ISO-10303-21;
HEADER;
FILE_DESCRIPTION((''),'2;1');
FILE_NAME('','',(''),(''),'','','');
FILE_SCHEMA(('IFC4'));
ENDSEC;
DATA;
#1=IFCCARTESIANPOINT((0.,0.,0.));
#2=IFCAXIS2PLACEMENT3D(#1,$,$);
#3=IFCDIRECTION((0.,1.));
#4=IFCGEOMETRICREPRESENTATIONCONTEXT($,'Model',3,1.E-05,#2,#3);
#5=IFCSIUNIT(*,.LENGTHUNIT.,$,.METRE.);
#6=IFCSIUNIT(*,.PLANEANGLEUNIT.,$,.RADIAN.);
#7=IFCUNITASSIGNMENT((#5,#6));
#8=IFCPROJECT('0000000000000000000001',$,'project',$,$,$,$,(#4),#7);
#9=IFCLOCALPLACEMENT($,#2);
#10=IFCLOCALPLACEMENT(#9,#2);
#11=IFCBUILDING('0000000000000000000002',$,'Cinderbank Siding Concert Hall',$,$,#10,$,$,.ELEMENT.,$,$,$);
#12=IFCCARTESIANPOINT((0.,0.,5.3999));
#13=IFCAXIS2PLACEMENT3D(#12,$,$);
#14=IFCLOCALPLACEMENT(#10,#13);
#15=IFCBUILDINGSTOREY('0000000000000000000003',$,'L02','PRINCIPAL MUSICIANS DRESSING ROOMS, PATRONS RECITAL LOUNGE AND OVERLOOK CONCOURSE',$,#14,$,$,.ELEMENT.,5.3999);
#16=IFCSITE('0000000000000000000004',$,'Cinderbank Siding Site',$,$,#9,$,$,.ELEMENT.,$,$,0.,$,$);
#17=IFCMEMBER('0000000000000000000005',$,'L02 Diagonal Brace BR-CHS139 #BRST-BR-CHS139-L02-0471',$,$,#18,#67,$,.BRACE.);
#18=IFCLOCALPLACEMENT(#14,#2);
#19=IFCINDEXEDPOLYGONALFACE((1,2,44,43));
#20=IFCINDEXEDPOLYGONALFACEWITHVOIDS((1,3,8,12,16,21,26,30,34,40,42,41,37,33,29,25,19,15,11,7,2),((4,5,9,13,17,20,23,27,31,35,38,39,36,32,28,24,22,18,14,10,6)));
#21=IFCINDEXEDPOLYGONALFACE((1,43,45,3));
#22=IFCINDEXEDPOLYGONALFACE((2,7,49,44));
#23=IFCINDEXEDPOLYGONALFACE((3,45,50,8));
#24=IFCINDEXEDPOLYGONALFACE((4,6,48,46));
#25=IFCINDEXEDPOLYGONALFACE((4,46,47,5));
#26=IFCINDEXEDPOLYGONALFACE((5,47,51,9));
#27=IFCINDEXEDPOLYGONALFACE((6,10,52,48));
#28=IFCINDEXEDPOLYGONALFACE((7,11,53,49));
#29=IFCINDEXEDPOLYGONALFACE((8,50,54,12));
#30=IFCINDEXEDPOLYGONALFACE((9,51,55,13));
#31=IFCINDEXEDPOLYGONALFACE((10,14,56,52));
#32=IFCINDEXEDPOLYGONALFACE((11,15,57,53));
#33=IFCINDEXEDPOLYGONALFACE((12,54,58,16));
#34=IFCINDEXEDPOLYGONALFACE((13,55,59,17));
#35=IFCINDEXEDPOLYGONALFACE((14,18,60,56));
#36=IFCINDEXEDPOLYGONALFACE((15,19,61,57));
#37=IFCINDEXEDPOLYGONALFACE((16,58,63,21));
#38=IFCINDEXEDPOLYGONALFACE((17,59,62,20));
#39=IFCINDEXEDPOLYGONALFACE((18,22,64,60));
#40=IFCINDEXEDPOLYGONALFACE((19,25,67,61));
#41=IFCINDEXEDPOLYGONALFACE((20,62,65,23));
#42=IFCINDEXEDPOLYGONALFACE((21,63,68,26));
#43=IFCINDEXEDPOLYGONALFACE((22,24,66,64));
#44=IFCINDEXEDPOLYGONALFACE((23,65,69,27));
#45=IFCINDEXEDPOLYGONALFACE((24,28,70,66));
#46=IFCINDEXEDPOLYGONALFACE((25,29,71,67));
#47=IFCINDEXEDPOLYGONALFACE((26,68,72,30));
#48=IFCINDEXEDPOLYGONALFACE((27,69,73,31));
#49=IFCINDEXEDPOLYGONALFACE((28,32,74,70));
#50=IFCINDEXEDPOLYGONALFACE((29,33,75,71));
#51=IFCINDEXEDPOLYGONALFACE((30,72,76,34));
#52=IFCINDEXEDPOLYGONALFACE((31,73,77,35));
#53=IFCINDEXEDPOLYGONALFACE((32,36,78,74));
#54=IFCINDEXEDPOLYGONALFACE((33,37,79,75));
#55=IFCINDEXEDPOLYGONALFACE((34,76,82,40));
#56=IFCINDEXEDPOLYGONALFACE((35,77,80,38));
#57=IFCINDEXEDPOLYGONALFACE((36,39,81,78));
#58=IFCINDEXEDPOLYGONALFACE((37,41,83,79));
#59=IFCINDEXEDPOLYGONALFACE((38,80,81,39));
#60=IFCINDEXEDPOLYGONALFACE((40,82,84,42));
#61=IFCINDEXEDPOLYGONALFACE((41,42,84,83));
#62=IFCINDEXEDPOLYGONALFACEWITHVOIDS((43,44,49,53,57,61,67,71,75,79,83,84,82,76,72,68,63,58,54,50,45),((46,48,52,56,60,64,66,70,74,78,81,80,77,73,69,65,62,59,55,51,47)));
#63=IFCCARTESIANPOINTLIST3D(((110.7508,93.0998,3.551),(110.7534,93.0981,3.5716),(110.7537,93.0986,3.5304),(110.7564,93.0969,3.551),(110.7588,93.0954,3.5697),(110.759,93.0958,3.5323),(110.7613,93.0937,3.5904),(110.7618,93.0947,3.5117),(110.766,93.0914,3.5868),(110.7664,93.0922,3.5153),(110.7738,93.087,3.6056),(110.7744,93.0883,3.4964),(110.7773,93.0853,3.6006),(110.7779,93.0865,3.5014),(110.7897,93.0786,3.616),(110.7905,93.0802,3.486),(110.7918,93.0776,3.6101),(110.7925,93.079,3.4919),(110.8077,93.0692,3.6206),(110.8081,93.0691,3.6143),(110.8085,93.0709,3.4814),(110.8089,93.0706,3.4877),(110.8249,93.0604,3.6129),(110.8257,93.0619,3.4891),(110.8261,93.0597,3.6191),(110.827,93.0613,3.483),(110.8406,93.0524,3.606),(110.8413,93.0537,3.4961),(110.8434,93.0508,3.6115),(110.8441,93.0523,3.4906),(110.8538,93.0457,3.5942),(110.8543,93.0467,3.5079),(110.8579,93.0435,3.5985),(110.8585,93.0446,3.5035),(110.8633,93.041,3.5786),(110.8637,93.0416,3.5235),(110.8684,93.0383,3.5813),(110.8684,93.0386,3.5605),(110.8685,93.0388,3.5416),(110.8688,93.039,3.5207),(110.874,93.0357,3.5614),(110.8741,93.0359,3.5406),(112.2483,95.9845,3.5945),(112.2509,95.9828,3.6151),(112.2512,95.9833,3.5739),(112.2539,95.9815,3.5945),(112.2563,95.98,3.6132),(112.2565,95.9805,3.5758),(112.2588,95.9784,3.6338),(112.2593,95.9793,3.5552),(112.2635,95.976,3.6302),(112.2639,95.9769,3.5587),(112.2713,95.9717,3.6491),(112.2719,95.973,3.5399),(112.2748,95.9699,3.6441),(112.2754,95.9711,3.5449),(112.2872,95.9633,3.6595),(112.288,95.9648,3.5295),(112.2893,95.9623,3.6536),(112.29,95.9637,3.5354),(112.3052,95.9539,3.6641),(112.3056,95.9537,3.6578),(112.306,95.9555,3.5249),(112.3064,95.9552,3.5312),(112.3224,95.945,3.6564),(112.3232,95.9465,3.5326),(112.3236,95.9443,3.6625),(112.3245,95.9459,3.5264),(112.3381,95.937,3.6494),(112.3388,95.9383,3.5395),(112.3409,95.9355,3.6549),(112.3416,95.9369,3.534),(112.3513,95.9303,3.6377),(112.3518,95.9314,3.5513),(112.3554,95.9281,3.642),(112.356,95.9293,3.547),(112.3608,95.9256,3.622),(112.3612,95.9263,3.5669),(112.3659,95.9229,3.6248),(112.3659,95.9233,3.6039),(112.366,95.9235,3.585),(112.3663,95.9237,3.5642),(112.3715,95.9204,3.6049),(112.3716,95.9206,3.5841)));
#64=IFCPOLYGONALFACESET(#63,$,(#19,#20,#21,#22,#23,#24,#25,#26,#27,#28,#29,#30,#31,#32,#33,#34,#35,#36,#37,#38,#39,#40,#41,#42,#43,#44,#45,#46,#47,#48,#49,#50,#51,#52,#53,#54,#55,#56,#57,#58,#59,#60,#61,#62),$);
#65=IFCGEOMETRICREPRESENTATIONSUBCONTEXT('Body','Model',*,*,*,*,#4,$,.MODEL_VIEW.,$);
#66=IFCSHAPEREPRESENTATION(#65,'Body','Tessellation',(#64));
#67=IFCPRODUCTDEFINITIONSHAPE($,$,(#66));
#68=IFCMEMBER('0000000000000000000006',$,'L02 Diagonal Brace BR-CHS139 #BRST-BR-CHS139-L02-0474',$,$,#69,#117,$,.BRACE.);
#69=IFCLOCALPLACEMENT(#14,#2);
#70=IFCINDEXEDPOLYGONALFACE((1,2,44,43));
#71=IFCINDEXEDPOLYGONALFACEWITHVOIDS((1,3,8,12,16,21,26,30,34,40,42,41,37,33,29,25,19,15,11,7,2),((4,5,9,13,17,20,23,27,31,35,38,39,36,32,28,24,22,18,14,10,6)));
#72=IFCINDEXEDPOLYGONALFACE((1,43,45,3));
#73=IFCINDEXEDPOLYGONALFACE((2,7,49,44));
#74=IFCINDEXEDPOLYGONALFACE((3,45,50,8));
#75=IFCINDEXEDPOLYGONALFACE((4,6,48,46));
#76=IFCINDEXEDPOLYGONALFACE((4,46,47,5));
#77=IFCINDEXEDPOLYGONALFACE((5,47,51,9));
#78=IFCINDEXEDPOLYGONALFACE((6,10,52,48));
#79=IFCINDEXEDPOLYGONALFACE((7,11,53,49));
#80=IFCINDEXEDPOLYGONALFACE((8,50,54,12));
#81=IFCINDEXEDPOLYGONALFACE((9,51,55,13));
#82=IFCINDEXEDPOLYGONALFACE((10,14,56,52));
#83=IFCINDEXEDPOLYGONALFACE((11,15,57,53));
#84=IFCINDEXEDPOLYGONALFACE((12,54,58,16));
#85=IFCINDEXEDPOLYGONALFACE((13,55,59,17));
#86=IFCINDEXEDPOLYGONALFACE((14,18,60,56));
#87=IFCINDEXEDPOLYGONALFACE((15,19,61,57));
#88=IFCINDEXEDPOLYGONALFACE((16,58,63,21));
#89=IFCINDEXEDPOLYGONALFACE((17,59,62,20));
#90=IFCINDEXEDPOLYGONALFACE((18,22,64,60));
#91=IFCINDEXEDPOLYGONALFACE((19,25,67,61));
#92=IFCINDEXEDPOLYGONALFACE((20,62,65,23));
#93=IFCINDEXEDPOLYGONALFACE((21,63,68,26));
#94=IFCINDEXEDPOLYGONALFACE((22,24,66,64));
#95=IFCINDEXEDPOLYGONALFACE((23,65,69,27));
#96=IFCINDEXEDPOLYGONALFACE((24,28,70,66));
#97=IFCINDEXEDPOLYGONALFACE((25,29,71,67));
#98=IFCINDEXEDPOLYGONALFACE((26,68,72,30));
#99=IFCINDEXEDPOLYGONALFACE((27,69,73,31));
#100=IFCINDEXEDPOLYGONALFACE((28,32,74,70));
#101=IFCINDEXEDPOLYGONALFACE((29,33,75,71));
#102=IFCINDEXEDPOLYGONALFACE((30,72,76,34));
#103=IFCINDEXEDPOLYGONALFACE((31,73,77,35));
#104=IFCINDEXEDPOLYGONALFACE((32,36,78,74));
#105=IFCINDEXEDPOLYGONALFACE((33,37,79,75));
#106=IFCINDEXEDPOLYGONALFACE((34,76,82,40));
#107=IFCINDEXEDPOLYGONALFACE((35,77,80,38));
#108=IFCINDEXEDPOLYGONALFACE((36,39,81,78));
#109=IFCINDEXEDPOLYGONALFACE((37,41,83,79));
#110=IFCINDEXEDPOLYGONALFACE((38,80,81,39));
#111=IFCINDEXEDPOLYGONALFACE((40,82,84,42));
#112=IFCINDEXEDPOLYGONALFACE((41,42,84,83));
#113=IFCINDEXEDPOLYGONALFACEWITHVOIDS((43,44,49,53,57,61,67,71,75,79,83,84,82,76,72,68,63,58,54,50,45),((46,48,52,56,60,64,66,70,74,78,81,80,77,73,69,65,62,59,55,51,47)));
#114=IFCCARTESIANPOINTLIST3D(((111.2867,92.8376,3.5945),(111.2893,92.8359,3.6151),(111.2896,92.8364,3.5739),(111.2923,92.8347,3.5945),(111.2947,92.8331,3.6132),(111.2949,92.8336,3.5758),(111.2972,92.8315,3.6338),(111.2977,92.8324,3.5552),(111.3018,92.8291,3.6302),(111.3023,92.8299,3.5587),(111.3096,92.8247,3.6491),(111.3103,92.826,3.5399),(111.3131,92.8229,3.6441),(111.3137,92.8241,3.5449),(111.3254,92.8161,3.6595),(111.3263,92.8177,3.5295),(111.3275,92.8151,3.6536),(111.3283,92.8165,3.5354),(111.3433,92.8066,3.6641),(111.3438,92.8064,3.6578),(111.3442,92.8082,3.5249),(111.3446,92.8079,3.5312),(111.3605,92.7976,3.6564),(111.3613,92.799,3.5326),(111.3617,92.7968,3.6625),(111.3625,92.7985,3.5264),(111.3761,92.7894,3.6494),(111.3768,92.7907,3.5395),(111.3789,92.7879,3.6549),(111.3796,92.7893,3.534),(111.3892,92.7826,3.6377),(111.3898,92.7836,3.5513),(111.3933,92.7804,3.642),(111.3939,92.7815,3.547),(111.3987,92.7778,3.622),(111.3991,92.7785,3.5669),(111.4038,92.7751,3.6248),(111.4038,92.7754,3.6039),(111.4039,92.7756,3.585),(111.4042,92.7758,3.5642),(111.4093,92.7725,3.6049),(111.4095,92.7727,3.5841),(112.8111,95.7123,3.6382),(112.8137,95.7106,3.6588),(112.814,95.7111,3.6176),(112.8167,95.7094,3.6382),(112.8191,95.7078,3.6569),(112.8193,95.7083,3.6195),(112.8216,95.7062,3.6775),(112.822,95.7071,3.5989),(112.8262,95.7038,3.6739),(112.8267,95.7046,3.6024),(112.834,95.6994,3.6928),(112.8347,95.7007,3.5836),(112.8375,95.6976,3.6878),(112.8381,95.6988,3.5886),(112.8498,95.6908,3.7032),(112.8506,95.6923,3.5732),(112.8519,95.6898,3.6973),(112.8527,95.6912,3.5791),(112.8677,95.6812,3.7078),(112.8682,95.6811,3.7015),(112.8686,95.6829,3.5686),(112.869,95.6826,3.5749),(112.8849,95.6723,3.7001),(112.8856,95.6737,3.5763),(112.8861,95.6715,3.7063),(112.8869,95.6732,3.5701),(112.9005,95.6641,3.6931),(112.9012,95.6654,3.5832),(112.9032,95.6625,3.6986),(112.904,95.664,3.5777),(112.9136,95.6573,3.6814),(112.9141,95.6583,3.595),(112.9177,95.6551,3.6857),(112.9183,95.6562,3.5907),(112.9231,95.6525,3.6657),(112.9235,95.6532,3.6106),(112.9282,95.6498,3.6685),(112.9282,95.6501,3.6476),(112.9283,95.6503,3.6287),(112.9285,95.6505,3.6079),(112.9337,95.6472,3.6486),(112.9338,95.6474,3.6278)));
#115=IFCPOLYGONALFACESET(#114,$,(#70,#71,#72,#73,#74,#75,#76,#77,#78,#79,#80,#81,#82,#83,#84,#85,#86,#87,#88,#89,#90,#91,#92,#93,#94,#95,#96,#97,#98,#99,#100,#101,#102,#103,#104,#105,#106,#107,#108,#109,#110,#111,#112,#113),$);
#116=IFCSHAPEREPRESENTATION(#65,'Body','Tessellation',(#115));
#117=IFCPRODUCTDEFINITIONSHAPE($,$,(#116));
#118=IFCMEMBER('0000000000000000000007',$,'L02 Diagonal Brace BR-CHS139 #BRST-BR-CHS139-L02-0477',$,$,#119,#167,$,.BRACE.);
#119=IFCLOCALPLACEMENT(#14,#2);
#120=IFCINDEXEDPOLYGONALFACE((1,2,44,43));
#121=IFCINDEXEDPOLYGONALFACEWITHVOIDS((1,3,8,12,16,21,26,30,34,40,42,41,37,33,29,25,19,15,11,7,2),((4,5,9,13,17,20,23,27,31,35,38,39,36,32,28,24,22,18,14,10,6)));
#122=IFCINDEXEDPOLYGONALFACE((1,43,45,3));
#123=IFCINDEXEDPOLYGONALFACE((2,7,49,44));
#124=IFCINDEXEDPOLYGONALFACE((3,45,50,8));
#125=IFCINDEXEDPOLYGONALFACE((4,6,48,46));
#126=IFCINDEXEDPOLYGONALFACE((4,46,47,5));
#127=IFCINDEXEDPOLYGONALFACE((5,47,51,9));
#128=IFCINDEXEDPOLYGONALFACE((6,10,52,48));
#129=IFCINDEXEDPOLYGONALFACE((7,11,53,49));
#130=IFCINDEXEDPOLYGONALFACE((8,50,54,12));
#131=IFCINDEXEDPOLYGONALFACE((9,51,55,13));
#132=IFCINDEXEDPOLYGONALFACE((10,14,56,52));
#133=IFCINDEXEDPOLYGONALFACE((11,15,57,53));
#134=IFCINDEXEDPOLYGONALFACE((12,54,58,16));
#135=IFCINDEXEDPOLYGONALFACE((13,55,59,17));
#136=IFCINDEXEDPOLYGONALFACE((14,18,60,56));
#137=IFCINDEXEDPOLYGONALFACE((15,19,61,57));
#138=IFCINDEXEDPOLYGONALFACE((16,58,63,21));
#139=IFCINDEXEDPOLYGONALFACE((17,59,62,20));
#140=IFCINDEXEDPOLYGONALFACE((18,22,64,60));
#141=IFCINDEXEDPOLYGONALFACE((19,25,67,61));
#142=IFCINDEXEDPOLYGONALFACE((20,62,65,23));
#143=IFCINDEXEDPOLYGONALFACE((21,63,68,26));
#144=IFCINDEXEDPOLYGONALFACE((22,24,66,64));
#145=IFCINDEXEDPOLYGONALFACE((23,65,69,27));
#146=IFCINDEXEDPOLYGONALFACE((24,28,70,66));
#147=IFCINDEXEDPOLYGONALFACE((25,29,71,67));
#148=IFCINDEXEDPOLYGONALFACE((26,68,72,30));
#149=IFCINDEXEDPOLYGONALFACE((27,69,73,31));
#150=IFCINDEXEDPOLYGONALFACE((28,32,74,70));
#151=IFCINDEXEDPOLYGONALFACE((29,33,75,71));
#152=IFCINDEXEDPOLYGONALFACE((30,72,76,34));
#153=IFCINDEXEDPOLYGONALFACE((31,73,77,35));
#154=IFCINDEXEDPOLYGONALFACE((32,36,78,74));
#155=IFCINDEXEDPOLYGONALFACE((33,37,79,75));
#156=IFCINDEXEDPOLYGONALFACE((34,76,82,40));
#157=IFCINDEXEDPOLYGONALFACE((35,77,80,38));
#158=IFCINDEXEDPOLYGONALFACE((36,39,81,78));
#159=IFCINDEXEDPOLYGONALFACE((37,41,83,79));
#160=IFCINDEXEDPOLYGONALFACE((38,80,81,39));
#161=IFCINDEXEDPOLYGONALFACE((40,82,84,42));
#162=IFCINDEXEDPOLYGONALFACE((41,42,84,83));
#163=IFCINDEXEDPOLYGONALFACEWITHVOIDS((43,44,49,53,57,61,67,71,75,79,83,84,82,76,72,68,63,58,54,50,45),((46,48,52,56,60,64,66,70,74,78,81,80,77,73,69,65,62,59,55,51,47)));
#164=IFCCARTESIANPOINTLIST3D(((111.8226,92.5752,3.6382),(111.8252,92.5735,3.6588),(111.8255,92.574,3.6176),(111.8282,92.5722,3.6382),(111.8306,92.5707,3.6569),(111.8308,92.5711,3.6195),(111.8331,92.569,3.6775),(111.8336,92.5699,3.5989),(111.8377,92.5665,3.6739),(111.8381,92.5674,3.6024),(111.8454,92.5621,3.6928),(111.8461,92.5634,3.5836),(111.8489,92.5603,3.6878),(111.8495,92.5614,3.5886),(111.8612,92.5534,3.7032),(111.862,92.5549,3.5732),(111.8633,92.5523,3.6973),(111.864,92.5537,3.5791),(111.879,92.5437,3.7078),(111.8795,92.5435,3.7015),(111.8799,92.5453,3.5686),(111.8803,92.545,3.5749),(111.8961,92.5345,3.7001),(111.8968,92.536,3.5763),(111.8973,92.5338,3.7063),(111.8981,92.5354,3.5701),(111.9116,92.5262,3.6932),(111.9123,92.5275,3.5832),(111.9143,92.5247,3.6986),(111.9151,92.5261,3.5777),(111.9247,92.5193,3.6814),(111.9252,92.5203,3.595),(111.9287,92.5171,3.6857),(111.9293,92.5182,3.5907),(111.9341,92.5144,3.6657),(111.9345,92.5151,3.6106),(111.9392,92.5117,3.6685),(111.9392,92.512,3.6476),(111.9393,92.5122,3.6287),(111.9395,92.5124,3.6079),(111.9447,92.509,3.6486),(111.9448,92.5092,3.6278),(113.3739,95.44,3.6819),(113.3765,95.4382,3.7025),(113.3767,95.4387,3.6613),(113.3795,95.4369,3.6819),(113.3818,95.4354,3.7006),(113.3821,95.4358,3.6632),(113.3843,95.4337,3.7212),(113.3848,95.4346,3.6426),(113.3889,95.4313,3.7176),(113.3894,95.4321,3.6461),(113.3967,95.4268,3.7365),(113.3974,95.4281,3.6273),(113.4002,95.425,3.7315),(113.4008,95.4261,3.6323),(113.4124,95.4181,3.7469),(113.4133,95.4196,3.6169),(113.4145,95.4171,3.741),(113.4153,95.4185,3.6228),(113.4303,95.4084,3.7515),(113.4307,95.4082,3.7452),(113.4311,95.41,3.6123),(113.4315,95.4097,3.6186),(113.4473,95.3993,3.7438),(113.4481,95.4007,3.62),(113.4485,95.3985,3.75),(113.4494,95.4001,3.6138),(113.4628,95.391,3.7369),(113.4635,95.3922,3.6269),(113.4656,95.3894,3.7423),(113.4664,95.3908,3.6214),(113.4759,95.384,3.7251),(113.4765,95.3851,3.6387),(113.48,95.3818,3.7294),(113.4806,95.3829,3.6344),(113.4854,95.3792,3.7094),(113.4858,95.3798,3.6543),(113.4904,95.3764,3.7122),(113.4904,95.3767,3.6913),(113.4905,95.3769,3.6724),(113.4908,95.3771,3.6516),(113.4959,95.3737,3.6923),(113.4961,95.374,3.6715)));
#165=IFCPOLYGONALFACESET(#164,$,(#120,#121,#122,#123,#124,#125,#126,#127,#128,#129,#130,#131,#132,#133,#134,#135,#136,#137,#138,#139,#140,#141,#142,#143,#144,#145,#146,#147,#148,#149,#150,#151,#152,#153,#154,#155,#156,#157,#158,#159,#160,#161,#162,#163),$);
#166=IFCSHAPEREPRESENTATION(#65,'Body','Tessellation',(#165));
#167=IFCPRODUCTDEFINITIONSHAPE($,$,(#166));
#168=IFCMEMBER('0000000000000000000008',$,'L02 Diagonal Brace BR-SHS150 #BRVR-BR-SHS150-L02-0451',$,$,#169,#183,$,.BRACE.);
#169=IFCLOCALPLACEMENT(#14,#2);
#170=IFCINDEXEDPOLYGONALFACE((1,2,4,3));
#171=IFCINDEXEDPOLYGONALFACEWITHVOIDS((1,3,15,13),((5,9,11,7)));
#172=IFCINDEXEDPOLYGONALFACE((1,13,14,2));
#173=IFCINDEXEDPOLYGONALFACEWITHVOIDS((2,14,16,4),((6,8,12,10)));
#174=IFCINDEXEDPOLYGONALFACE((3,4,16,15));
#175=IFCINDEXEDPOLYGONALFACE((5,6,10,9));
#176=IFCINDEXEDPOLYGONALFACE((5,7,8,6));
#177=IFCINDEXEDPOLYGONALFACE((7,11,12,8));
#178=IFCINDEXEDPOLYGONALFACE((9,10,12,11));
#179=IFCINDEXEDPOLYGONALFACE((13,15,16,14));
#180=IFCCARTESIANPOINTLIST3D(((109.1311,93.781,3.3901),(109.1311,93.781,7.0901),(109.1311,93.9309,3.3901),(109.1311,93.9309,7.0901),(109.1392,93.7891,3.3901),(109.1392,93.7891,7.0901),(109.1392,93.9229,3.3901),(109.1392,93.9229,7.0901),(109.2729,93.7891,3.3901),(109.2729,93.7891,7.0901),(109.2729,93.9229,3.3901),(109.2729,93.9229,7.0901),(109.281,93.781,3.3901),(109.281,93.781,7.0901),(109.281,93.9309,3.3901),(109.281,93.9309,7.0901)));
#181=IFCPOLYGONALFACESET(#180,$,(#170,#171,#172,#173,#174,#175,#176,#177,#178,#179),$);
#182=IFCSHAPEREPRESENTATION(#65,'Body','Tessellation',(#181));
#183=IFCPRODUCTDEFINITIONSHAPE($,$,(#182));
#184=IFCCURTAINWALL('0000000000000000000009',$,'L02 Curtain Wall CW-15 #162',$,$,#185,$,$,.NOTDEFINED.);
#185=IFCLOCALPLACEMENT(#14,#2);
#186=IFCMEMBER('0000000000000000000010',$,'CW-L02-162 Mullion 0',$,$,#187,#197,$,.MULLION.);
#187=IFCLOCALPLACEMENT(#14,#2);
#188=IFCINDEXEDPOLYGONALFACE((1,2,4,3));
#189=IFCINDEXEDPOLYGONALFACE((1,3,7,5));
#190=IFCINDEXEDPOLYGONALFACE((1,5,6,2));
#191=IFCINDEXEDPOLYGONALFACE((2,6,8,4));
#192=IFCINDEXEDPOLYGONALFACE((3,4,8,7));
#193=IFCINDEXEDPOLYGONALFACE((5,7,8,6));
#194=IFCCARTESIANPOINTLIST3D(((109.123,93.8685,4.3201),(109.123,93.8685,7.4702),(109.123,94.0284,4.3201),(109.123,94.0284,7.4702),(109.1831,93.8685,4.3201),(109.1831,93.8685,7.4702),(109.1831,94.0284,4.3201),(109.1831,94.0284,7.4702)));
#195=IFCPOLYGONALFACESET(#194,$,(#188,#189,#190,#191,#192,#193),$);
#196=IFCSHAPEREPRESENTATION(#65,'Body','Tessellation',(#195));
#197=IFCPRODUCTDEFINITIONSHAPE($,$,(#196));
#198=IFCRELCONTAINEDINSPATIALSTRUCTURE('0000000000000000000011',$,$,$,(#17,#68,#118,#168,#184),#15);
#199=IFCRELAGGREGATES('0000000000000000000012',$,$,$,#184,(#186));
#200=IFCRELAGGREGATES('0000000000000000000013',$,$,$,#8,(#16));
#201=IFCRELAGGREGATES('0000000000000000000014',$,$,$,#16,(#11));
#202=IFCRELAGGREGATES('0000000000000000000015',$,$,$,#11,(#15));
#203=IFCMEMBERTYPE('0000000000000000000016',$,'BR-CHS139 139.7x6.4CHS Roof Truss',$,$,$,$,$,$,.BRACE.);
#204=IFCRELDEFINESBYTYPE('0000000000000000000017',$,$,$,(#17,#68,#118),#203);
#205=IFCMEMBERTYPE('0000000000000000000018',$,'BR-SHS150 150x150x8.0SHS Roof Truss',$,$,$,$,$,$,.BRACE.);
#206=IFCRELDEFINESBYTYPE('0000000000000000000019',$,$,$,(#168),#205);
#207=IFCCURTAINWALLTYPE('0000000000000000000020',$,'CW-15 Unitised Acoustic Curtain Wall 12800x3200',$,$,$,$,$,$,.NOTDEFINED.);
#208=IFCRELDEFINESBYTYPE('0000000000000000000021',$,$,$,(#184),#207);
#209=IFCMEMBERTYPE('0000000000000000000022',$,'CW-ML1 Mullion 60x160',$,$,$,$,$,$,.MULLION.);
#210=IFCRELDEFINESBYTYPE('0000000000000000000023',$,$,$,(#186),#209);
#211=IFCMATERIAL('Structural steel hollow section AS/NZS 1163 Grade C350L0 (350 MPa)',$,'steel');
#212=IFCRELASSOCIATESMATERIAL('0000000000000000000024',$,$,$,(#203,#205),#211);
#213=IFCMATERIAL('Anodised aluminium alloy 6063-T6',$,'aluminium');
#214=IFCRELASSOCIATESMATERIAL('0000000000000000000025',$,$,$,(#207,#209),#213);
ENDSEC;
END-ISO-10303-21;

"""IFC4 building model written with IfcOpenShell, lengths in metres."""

from ifc_helpers import new_model, si_unit, direction, frame, origin, origin_2d, place, context, subcontext, project, spatial, rectangle, hollow_rectangle, hollow_circle, extrude, material, material_profile, profile_set, type_object, element, aggregate, save


model = new_model("IFC4")

# Units and contexts
model_context = context("Model", 3, precision=1e-05, world=origin(), true_north=direction((0.0, 1.0)))
body_context = subcontext(model_context, "Body", "Model", "MODEL_VIEW")
ifc_project = project(units=[si_unit("LENGTHUNIT", "METRE"), si_unit("PLANEANGLEUNIT", "RADIAN")], contexts=[model_context])

# Site, building, storey
site_placement = place(None, origin())
site = spatial("IfcSite", under=ifc_project, at=site_placement, Name="Cinderbank Siding Site", CompositionType="ELEMENT", RefElevation=0.0)
building_placement = place(site_placement, origin())
building = spatial("IfcBuilding", under=site, at=building_placement, Name="Cinderbank Siding Concert Hall", CompositionType="ELEMENT")
storey_placement = place(building_placement, frame((0.0, 0.0, 5.3999)))
storey = spatial("IfcBuildingStorey", under=building, at=storey_placement, Name="L02", Description="PRINCIPAL MUSICIANS DRESSING ROOMS, PATRONS RECITAL LOUNGE AND OVERLOOK CONCOURSE", CompositionType="ELEMENT", Elevation=5.3999)

# Shared definitions
ifc_material_1 = material(Name="Structural steel hollow section AS/NZS 1163 Grade C350L0 (350 MPa)", Category="steel")

# Members
ifc_material_profile_1 = material_profile(ifc_material_1, hollow_circle(Radius=0.0698, WallThickness=0.0063, at=origin_2d()), Name="139.7x6.4CHS", Category="LoadBearing")
ifc_profile_set_1 = profile_set([ifc_material_profile_1], Name="Structural steel hollow section AS/NZS 1163 Grade C350L0 (350 MPa)")
member_type_1 = type_object("IfcMemberType", Name="BR-CHS139 139.7x6.4CHS Roof Truss", PredefinedType="BRACE", material=ifc_profile_set_1)
member_1_placement = place(storey_placement, frame((110.8127, 93.0676, 3.551), z_axis=(0.460701, 0.887455, 0.013369), x_axis=(-0.887534, 0.460742, 0.0)))
element("IfcMember", 1, at=member_1_placement, inside=storey, type_object=member_type_1, Name="L02 Diagonal Brace BR-CHS139 #BRST-BR-CHS139-L02-0471", PredefinedType="BRACE", context=body_context, shape_type="SweptSolid", body=[
    extrude(hollow_circle(Radius=0.0698, WallThickness=0.0063, at=origin_2d()), origin(), (0.0, 0.0, 1.0), 3.2505),
])
member_2_placement = place(storey_placement, frame((111.3484, 92.8049, 3.5945), z_axis=(0.468442, 0.883392, 0.013429), x_axis=(-0.883472, 0.468484, 0.0)))
element("IfcMember", 2, at=member_2_placement, inside=storey, type_object=member_type_1, Name="L02 Diagonal Brace BR-CHS139 #BRST-BR-CHS139-L02-0474", PredefinedType="BRACE", context=body_context, shape_type="SweptSolid", body=[
    extrude(hollow_circle(Radius=0.0698, WallThickness=0.0063, at=origin_2d()), origin(), (0.0, 0.0, 1.0), 3.2542),
])
member_3_placement = place(storey_placement, frame((111.884, 92.542, 3.6382), z_axis=(0.476129, 0.879273, 0.013413), x_axis=(-0.879352, 0.476172, 0.0)))
element("IfcMember", 3, at=member_3_placement, inside=storey, type_object=member_type_1, Name="L02 Diagonal Brace BR-CHS139 #BRST-BR-CHS139-L02-0477", PredefinedType="BRACE", context=body_context, shape_type="SweptSolid", body=[
    extrude(hollow_circle(Radius=0.0698, WallThickness=0.0063, at=origin_2d()), origin(), (0.0, 0.0, 1.0), 3.2581),
])
ifc_material_profile_2 = material_profile(ifc_material_1, hollow_rectangle(XDim=0.1499, YDim=0.1499, WallThickness=0.0081, at=origin_2d()), Name="150x150x8.0SHS", Category="LoadBearing")
ifc_profile_set_2 = profile_set([ifc_material_profile_2], Name="Structural steel hollow section AS/NZS 1163 Grade C350L0 (350 MPa)")
member_type_2 = type_object("IfcMemberType", Name="BR-SHS150 150x150x8.0SHS Roof Truss", PredefinedType="BRACE", material=ifc_profile_set_2)
member_4_placement = place(storey_placement, frame((109.2061, 93.856, 3.3901), z_axis=(0.0, 0.0, 1.0), x_axis=(1.0, 0.0, 0.0)))
element("IfcMember", 4, at=member_4_placement, inside=storey, type_object=member_type_2, Name="L02 Diagonal Brace BR-SHS150 #BRVR-BR-SHS150-L02-0451", PredefinedType="BRACE", context=body_context, shape_type="SweptSolid", body=[
    extrude(hollow_rectangle(XDim=0.1499, YDim=0.1499, WallThickness=0.0081, at=origin_2d()), origin(), (0.0, 0.0, 1.0), 3.7),
])

# Curtain wall, member
ifc_material_2 = material(Name="Anodised aluminium alloy 6063-T6", Category="aluminium")
curtain_wall_type = type_object("IfcCurtainWallType", Name="CW-15 Unitised Acoustic Curtain Wall 12800x3200", PredefinedType="NOTDEFINED", material=ifc_material_2)
curtain_wall_placement = place(storey_placement, origin())
curtain_wall = element("IfcCurtainWall", 5, at=curtain_wall_placement, inside=storey, type_object=curtain_wall_type, Name="L02 Curtain Wall CW-15 #162", PredefinedType="NOTDEFINED")
ifc_material_profile_3 = material_profile(ifc_material_2, rectangle(XDim=0.0601, YDim=0.1599, at=origin_2d()), Name="ALU-MULL-60x160", Category="LoadBearing")
ifc_profile_set_3 = profile_set([ifc_material_profile_3], Name="Anodised aluminium alloy 6063-T6")
member_type_3 = type_object("IfcMemberType", Name="CW-ML1 Mullion 60x160", PredefinedType="MULLION", material=ifc_profile_set_3)
member_5_placement = place(storey_placement, frame((109.1531, 93.9485, 4.3201), z_axis=(0.0, 0.0, 1.0), x_axis=(1.0, 0.0, 0.0)))
member_5 = element("IfcMember", 6, at=member_5_placement, type_object=member_type_3, Name="CW-L02-162 Mullion 0", PredefinedType="MULLION", context=body_context, shape_type="SweptSolid", body=[
    extrude(rectangle(XDim=0.0601, YDim=0.1599, at=origin_2d()), origin(), (0.0, 0.0, 1.0), 3.1501),
])
aggregate(curtain_wall, [member_5])

save(model, "model.ifc")
